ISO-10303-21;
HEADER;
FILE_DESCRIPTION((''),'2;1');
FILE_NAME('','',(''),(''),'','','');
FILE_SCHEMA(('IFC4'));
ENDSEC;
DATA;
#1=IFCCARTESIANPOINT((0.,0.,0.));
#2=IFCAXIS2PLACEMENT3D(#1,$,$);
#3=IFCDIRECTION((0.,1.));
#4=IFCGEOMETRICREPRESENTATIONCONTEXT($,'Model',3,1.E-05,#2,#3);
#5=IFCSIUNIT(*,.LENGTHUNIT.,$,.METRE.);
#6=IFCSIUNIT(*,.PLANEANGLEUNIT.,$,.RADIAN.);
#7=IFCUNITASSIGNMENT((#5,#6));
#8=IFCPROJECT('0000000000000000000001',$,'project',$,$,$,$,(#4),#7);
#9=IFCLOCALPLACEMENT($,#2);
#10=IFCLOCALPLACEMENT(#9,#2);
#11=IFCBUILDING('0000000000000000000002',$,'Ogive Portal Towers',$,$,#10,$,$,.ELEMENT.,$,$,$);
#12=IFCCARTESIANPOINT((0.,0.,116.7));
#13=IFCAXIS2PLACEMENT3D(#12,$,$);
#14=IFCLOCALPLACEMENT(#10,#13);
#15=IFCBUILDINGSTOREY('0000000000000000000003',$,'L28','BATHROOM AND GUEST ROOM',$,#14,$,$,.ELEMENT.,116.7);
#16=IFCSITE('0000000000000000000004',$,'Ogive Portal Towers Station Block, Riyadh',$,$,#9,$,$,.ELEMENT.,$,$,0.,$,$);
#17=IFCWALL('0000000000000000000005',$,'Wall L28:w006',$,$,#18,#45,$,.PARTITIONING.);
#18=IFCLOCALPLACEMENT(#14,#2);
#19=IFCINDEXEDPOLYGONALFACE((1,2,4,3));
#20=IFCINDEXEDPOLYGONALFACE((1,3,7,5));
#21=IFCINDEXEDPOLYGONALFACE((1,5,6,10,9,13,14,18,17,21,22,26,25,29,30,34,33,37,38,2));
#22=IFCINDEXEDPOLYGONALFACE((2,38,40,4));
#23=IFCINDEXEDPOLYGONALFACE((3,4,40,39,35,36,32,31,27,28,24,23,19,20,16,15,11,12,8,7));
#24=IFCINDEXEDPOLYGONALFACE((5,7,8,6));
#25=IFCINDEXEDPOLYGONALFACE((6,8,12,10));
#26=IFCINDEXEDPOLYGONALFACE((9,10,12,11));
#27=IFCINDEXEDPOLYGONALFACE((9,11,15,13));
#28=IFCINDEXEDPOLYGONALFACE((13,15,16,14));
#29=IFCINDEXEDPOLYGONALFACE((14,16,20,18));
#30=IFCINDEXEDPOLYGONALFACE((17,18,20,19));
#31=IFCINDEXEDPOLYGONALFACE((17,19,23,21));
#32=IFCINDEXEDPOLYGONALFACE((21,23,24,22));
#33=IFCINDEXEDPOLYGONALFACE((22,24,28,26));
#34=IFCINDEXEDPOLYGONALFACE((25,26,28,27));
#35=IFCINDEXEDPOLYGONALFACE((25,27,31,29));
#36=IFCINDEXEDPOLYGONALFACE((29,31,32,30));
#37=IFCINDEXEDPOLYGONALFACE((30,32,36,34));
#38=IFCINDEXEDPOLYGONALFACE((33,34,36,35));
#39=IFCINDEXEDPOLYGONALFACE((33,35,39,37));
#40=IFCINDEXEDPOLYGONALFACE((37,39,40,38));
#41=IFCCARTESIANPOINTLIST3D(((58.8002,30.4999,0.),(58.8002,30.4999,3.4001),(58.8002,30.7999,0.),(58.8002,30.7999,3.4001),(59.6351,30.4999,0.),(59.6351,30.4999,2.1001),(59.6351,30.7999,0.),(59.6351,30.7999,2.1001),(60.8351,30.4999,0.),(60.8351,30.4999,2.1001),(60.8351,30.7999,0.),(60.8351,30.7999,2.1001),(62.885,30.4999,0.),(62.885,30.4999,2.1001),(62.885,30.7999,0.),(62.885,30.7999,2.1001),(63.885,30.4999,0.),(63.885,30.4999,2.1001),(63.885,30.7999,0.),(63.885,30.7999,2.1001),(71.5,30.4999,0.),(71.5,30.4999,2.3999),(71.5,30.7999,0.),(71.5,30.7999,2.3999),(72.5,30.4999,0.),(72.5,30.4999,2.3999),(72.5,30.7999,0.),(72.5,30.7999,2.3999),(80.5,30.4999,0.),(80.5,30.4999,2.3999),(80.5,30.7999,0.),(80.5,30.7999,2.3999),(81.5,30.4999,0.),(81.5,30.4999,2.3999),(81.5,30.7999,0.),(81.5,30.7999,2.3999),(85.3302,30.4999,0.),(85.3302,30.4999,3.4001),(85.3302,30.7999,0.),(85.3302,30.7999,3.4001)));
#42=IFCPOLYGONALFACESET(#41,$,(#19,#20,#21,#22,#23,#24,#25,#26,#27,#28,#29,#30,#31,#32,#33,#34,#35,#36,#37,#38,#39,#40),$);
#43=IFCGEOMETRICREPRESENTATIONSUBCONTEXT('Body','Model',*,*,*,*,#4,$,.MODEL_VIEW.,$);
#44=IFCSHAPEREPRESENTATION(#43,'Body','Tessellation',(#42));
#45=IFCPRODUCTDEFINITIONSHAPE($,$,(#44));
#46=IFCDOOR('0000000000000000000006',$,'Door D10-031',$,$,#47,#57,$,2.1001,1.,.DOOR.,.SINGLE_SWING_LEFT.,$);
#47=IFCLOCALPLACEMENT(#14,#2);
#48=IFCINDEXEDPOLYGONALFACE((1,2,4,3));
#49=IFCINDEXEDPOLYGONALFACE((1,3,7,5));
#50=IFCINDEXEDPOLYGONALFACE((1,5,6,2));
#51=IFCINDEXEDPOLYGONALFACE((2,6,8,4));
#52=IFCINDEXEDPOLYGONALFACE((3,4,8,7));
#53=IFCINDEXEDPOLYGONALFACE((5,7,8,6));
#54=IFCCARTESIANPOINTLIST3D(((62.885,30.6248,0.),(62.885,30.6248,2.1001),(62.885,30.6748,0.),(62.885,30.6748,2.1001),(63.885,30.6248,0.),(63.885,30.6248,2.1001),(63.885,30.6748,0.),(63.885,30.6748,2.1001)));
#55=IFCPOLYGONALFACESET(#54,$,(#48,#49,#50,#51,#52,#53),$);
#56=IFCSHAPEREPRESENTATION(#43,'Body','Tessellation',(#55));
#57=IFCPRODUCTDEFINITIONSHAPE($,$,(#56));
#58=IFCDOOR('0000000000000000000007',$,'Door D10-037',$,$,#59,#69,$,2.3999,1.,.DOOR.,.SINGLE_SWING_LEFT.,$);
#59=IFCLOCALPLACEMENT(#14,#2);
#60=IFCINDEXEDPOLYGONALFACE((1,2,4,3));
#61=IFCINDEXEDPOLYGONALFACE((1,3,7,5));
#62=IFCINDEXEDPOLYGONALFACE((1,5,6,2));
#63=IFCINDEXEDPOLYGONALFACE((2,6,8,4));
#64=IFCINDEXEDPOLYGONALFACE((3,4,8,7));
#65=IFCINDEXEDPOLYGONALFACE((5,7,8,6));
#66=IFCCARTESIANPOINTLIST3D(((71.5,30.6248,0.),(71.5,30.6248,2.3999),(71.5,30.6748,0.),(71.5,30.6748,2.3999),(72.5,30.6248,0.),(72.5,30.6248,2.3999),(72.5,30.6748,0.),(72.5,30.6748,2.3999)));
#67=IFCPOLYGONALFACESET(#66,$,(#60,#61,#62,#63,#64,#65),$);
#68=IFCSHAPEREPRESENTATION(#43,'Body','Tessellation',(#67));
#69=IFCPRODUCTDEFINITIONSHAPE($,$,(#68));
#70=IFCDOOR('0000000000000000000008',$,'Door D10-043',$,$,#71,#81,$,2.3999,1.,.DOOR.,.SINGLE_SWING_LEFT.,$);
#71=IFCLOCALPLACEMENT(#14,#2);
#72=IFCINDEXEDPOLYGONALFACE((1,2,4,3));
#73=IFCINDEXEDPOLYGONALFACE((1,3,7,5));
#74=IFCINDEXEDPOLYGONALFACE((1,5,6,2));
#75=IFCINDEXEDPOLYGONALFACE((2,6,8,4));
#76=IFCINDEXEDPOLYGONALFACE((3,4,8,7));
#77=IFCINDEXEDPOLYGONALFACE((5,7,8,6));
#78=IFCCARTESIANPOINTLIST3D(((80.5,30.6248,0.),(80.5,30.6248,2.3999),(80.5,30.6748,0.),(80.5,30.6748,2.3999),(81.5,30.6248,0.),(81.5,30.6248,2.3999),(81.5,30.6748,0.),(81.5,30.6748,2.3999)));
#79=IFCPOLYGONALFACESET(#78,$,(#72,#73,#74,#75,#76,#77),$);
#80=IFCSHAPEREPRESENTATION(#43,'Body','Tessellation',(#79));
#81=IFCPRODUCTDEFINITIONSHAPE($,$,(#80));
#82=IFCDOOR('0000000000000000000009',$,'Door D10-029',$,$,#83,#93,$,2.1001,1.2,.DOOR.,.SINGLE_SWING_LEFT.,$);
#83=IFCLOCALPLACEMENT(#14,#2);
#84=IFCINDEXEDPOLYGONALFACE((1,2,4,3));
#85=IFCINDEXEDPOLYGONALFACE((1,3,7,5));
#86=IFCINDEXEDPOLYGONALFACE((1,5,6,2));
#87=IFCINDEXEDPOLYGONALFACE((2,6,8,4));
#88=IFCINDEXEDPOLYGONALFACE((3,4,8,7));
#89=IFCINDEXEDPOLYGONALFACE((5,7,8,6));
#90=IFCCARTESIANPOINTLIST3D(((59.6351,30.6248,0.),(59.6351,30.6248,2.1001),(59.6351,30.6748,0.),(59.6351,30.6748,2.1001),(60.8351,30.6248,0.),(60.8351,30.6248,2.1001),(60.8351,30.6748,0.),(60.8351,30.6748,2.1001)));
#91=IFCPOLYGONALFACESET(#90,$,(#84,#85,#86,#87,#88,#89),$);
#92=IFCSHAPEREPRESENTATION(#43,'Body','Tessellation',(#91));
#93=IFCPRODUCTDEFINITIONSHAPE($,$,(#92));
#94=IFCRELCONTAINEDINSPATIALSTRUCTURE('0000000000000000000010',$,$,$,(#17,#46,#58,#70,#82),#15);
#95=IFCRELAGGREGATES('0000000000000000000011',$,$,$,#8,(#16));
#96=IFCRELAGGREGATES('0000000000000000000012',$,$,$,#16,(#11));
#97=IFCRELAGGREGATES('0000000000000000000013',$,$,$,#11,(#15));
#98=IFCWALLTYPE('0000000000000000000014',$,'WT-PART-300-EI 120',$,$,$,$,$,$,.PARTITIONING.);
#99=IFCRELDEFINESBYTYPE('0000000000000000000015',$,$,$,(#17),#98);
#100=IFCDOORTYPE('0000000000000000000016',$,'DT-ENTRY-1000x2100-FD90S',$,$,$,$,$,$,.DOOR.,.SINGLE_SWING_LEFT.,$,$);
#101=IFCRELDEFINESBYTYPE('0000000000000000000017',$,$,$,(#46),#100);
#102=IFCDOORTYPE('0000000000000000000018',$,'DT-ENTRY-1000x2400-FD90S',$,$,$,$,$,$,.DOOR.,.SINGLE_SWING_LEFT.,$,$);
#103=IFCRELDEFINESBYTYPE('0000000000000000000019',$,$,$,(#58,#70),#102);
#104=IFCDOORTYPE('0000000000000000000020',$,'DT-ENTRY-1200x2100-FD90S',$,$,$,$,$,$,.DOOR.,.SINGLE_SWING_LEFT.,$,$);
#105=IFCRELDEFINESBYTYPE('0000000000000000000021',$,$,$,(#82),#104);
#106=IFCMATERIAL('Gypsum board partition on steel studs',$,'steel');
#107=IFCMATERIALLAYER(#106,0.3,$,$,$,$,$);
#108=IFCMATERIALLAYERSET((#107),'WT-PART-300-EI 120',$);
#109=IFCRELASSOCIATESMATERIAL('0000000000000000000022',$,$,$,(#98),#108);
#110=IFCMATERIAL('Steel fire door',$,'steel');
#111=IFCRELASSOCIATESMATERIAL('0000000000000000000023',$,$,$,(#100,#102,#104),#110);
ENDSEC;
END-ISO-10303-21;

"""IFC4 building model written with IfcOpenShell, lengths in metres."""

from ifc_helpers import new_model, si_unit, direction, frame, frame_2d, origin, place, context, subcontext, project, spatial, rectangle, extrude, material, layer, layer_set, type_object, element, fill, save


model = new_model("IFC4")

# Units and contexts
model_context = context("Model", 3, precision=1e-05, world=origin(), true_north=direction((0.0, 1.0)))
body_context = subcontext(model_context, "Body", "Model", "MODEL_VIEW")
ifc_project = project(units=[si_unit("LENGTHUNIT", "METRE"), si_unit("PLANEANGLEUNIT", "RADIAN")], contexts=[model_context])

# Site, building, storey
site_placement = place(None, origin())
site = spatial("IfcSite", under=ifc_project, at=site_placement, Name="Ogive Portal Towers Station Block, Riyadh", CompositionType="ELEMENT", RefElevation=0.0)
building_placement = place(site_placement, origin())
building = spatial("IfcBuilding", under=site, at=building_placement, Name="Ogive Portal Towers", CompositionType="ELEMENT")
storey_placement = place(building_placement, frame((0.0, 0.0, 116.7)))
storey = spatial("IfcBuildingStorey", under=building, at=storey_placement, Name="L28", Description="BATHROOM AND GUEST ROOM", CompositionType="ELEMENT", Elevation=116.7)

# Wall, openings, doors
ifc_material_1 = material(Name="Gypsum board partition on steel studs", Category="steel")
ifc_layer_1 = layer(ifc_material_1, 0.3)
ifc_layer_set_1 = layer_set([ifc_layer_1], Name="WT-PART-300-EI 120")
wall_type_1 = type_object("IfcWallType", Name="WT-PART-300-EI 120", PredefinedType="PARTITIONING", material=ifc_layer_set_1)
wall_1_placement = place(storey_placement, frame((58.8, 30.6499, 0.0), z_axis=(0.0, 0.0, 1.0), x_axis=(1.0, 0.0, 0.0)))
wall_1 = element("IfcWall", 1, at=wall_1_placement, inside=storey, type_object=wall_type_1, Name="Wall L28:w006", PredefinedType="PARTITIONING", context=body_context, shape_type="SweptSolid", body=[
    extrude(rectangle(XDim=26.53, YDim=0.3, at=frame_2d((13.2651, 0.0))), origin(), (0.0, 0.0, 1.0), 3.4001),
])
opening_1_placement = place(wall_1_placement, frame((0.835, 0.0, 0.0)))
opening_1 = element("IfcOpeningElement", 2, at=opening_1_placement, cuts=wall_1, PredefinedType="OPENING", context=body_context, shape_type="SweptSolid", body=[
    extrude(rectangle(XDim=1.2, YDim=2.1001, at=frame_2d((0.6001, 1.05))), frame((0.0, 0.1602, 0.0), z_axis=(0.0, -1.0, 0.0), x_axis=(1.0, 0.0, 0.0)), (0.0, 0.0, 1.0), 0.3201),
])
opening_2_placement = place(wall_1_placement, frame((4.085, 0.0, 0.0)))
opening_2 = element("IfcOpeningElement", 3, at=opening_2_placement, cuts=wall_1, PredefinedType="OPENING", context=body_context, shape_type="SweptSolid", body=[
    extrude(rectangle(XDim=1.0, YDim=2.1001, at=frame_2d((0.5, 1.05))), frame((0.0, 0.1602, 0.0), z_axis=(0.0, -1.0, 0.0), x_axis=(1.0, 0.0, 0.0)), (0.0, 0.0, 1.0), 0.3201),
])
opening_3_placement = place(wall_1_placement, frame((12.7, 0.0, 0.0)))
opening_3 = element("IfcOpeningElement", 4, at=opening_3_placement, cuts=wall_1, PredefinedType="OPENING", context=body_context, shape_type="SweptSolid", body=[
    extrude(rectangle(XDim=1.0, YDim=2.3999, at=frame_2d((0.5, 1.2))), frame((0.0, 0.1602, 0.0), z_axis=(0.0, -1.0, 0.0), x_axis=(1.0, 0.0, 0.0)), (0.0, 0.0, 1.0), 0.3201),
])
opening_4_placement = place(wall_1_placement, frame((21.7, 0.0, 0.0)))
opening_4 = element("IfcOpeningElement", 5, at=opening_4_placement, cuts=wall_1, PredefinedType="OPENING", context=body_context, shape_type="SweptSolid", body=[
    extrude(rectangle(XDim=1.0, YDim=2.3999, at=frame_2d((0.5, 1.2))), frame((0.0, 0.1602, 0.0), z_axis=(0.0, -1.0, 0.0), x_axis=(1.0, 0.0, 0.0)), (0.0, 0.0, 1.0), 0.3201),
])
ifc_material_2 = material(Name="Steel fire door", Category="steel")
door_type_1 = type_object("IfcDoorType", Name="DT-ENTRY-1000x2100-FD90S", OperationType="SINGLE_SWING_LEFT", PredefinedType="DOOR", material=ifc_material_2)
door_1_placement = place(opening_2_placement, origin())
door_1 = element("IfcDoor", 6, at=door_1_placement, inside=storey, type_object=door_type_1, Name="Door D10-031", OperationType="SINGLE_SWING_LEFT", OverallHeight=2.1001, OverallWidth=1.0, PredefinedType="DOOR", context=body_context, shape_type="SweptSolid", body=[
    extrude(rectangle(XDim=1.0, YDim=2.1001, at=frame_2d((0.5, 1.05))), frame((0.0, 0.0249, 0.0), z_axis=(0.0, -1.0, 0.0), x_axis=(1.0, 0.0, 0.0)), (0.0, 0.0, 1.0), 0.05),
])
fill(opening_2, door_1)
door_type_2 = type_object("IfcDoorType", Name="DT-ENTRY-1000x2400-FD90S", OperationType="SINGLE_SWING_LEFT", PredefinedType="DOOR", material=ifc_material_2)
door_2_placement = place(opening_3_placement, origin())
door_2 = element("IfcDoor", 7, at=door_2_placement, inside=storey, type_object=door_type_2, Name="Door D10-037", OperationType="SINGLE_SWING_LEFT", OverallHeight=2.3999, OverallWidth=1.0, PredefinedType="DOOR", context=body_context, shape_type="SweptSolid", body=[
    extrude(rectangle(XDim=1.0, YDim=2.3999, at=frame_2d((0.5, 1.2))), frame((0.0, 0.0249, 0.0), z_axis=(0.0, -1.0, 0.0), x_axis=(1.0, 0.0, 0.0)), (0.0, 0.0, 1.0), 0.05),
])
fill(opening_3, door_2)
door_3_placement = place(opening_4_placement, origin())
door_3 = element("IfcDoor", 8, at=door_3_placement, inside=storey, type_object=door_type_2, Name="Door D10-043", OperationType="SINGLE_SWING_LEFT", OverallHeight=2.3999, OverallWidth=1.0, PredefinedType="DOOR", context=body_context, shape_type="SweptSolid", body=[
    extrude(rectangle(XDim=1.0, YDim=2.3999, at=frame_2d((0.5, 1.2))), frame((0.0, 0.0249, 0.0), z_axis=(0.0, -1.0, 0.0), x_axis=(1.0, 0.0, 0.0)), (0.0, 0.0, 1.0), 0.05),
])
fill(opening_4, door_3)
door_type_3 = type_object("IfcDoorType", Name="DT-ENTRY-1200x2100-FD90S", OperationType="SINGLE_SWING_LEFT", PredefinedType="DOOR", material=ifc_material_2)
door_4_placement = place(opening_1_placement, origin())
door_4 = element("IfcDoor", 9, at=door_4_placement, inside=storey, type_object=door_type_3, Name="Door D10-029", OperationType="SINGLE_SWING_LEFT", OverallHeight=2.1001, OverallWidth=1.2, PredefinedType="DOOR", context=body_context, shape_type="SweptSolid", body=[
    extrude(rectangle(XDim=1.2, YDim=2.1001, at=frame_2d((0.6001, 1.05))), frame((0.0, 0.0249, 0.0), z_axis=(0.0, -1.0, 0.0), x_axis=(1.0, 0.0, 0.0)), (0.0, 0.0, 1.0), 0.05),
])
fill(opening_1, door_4)

save(model, "model.ifc")
